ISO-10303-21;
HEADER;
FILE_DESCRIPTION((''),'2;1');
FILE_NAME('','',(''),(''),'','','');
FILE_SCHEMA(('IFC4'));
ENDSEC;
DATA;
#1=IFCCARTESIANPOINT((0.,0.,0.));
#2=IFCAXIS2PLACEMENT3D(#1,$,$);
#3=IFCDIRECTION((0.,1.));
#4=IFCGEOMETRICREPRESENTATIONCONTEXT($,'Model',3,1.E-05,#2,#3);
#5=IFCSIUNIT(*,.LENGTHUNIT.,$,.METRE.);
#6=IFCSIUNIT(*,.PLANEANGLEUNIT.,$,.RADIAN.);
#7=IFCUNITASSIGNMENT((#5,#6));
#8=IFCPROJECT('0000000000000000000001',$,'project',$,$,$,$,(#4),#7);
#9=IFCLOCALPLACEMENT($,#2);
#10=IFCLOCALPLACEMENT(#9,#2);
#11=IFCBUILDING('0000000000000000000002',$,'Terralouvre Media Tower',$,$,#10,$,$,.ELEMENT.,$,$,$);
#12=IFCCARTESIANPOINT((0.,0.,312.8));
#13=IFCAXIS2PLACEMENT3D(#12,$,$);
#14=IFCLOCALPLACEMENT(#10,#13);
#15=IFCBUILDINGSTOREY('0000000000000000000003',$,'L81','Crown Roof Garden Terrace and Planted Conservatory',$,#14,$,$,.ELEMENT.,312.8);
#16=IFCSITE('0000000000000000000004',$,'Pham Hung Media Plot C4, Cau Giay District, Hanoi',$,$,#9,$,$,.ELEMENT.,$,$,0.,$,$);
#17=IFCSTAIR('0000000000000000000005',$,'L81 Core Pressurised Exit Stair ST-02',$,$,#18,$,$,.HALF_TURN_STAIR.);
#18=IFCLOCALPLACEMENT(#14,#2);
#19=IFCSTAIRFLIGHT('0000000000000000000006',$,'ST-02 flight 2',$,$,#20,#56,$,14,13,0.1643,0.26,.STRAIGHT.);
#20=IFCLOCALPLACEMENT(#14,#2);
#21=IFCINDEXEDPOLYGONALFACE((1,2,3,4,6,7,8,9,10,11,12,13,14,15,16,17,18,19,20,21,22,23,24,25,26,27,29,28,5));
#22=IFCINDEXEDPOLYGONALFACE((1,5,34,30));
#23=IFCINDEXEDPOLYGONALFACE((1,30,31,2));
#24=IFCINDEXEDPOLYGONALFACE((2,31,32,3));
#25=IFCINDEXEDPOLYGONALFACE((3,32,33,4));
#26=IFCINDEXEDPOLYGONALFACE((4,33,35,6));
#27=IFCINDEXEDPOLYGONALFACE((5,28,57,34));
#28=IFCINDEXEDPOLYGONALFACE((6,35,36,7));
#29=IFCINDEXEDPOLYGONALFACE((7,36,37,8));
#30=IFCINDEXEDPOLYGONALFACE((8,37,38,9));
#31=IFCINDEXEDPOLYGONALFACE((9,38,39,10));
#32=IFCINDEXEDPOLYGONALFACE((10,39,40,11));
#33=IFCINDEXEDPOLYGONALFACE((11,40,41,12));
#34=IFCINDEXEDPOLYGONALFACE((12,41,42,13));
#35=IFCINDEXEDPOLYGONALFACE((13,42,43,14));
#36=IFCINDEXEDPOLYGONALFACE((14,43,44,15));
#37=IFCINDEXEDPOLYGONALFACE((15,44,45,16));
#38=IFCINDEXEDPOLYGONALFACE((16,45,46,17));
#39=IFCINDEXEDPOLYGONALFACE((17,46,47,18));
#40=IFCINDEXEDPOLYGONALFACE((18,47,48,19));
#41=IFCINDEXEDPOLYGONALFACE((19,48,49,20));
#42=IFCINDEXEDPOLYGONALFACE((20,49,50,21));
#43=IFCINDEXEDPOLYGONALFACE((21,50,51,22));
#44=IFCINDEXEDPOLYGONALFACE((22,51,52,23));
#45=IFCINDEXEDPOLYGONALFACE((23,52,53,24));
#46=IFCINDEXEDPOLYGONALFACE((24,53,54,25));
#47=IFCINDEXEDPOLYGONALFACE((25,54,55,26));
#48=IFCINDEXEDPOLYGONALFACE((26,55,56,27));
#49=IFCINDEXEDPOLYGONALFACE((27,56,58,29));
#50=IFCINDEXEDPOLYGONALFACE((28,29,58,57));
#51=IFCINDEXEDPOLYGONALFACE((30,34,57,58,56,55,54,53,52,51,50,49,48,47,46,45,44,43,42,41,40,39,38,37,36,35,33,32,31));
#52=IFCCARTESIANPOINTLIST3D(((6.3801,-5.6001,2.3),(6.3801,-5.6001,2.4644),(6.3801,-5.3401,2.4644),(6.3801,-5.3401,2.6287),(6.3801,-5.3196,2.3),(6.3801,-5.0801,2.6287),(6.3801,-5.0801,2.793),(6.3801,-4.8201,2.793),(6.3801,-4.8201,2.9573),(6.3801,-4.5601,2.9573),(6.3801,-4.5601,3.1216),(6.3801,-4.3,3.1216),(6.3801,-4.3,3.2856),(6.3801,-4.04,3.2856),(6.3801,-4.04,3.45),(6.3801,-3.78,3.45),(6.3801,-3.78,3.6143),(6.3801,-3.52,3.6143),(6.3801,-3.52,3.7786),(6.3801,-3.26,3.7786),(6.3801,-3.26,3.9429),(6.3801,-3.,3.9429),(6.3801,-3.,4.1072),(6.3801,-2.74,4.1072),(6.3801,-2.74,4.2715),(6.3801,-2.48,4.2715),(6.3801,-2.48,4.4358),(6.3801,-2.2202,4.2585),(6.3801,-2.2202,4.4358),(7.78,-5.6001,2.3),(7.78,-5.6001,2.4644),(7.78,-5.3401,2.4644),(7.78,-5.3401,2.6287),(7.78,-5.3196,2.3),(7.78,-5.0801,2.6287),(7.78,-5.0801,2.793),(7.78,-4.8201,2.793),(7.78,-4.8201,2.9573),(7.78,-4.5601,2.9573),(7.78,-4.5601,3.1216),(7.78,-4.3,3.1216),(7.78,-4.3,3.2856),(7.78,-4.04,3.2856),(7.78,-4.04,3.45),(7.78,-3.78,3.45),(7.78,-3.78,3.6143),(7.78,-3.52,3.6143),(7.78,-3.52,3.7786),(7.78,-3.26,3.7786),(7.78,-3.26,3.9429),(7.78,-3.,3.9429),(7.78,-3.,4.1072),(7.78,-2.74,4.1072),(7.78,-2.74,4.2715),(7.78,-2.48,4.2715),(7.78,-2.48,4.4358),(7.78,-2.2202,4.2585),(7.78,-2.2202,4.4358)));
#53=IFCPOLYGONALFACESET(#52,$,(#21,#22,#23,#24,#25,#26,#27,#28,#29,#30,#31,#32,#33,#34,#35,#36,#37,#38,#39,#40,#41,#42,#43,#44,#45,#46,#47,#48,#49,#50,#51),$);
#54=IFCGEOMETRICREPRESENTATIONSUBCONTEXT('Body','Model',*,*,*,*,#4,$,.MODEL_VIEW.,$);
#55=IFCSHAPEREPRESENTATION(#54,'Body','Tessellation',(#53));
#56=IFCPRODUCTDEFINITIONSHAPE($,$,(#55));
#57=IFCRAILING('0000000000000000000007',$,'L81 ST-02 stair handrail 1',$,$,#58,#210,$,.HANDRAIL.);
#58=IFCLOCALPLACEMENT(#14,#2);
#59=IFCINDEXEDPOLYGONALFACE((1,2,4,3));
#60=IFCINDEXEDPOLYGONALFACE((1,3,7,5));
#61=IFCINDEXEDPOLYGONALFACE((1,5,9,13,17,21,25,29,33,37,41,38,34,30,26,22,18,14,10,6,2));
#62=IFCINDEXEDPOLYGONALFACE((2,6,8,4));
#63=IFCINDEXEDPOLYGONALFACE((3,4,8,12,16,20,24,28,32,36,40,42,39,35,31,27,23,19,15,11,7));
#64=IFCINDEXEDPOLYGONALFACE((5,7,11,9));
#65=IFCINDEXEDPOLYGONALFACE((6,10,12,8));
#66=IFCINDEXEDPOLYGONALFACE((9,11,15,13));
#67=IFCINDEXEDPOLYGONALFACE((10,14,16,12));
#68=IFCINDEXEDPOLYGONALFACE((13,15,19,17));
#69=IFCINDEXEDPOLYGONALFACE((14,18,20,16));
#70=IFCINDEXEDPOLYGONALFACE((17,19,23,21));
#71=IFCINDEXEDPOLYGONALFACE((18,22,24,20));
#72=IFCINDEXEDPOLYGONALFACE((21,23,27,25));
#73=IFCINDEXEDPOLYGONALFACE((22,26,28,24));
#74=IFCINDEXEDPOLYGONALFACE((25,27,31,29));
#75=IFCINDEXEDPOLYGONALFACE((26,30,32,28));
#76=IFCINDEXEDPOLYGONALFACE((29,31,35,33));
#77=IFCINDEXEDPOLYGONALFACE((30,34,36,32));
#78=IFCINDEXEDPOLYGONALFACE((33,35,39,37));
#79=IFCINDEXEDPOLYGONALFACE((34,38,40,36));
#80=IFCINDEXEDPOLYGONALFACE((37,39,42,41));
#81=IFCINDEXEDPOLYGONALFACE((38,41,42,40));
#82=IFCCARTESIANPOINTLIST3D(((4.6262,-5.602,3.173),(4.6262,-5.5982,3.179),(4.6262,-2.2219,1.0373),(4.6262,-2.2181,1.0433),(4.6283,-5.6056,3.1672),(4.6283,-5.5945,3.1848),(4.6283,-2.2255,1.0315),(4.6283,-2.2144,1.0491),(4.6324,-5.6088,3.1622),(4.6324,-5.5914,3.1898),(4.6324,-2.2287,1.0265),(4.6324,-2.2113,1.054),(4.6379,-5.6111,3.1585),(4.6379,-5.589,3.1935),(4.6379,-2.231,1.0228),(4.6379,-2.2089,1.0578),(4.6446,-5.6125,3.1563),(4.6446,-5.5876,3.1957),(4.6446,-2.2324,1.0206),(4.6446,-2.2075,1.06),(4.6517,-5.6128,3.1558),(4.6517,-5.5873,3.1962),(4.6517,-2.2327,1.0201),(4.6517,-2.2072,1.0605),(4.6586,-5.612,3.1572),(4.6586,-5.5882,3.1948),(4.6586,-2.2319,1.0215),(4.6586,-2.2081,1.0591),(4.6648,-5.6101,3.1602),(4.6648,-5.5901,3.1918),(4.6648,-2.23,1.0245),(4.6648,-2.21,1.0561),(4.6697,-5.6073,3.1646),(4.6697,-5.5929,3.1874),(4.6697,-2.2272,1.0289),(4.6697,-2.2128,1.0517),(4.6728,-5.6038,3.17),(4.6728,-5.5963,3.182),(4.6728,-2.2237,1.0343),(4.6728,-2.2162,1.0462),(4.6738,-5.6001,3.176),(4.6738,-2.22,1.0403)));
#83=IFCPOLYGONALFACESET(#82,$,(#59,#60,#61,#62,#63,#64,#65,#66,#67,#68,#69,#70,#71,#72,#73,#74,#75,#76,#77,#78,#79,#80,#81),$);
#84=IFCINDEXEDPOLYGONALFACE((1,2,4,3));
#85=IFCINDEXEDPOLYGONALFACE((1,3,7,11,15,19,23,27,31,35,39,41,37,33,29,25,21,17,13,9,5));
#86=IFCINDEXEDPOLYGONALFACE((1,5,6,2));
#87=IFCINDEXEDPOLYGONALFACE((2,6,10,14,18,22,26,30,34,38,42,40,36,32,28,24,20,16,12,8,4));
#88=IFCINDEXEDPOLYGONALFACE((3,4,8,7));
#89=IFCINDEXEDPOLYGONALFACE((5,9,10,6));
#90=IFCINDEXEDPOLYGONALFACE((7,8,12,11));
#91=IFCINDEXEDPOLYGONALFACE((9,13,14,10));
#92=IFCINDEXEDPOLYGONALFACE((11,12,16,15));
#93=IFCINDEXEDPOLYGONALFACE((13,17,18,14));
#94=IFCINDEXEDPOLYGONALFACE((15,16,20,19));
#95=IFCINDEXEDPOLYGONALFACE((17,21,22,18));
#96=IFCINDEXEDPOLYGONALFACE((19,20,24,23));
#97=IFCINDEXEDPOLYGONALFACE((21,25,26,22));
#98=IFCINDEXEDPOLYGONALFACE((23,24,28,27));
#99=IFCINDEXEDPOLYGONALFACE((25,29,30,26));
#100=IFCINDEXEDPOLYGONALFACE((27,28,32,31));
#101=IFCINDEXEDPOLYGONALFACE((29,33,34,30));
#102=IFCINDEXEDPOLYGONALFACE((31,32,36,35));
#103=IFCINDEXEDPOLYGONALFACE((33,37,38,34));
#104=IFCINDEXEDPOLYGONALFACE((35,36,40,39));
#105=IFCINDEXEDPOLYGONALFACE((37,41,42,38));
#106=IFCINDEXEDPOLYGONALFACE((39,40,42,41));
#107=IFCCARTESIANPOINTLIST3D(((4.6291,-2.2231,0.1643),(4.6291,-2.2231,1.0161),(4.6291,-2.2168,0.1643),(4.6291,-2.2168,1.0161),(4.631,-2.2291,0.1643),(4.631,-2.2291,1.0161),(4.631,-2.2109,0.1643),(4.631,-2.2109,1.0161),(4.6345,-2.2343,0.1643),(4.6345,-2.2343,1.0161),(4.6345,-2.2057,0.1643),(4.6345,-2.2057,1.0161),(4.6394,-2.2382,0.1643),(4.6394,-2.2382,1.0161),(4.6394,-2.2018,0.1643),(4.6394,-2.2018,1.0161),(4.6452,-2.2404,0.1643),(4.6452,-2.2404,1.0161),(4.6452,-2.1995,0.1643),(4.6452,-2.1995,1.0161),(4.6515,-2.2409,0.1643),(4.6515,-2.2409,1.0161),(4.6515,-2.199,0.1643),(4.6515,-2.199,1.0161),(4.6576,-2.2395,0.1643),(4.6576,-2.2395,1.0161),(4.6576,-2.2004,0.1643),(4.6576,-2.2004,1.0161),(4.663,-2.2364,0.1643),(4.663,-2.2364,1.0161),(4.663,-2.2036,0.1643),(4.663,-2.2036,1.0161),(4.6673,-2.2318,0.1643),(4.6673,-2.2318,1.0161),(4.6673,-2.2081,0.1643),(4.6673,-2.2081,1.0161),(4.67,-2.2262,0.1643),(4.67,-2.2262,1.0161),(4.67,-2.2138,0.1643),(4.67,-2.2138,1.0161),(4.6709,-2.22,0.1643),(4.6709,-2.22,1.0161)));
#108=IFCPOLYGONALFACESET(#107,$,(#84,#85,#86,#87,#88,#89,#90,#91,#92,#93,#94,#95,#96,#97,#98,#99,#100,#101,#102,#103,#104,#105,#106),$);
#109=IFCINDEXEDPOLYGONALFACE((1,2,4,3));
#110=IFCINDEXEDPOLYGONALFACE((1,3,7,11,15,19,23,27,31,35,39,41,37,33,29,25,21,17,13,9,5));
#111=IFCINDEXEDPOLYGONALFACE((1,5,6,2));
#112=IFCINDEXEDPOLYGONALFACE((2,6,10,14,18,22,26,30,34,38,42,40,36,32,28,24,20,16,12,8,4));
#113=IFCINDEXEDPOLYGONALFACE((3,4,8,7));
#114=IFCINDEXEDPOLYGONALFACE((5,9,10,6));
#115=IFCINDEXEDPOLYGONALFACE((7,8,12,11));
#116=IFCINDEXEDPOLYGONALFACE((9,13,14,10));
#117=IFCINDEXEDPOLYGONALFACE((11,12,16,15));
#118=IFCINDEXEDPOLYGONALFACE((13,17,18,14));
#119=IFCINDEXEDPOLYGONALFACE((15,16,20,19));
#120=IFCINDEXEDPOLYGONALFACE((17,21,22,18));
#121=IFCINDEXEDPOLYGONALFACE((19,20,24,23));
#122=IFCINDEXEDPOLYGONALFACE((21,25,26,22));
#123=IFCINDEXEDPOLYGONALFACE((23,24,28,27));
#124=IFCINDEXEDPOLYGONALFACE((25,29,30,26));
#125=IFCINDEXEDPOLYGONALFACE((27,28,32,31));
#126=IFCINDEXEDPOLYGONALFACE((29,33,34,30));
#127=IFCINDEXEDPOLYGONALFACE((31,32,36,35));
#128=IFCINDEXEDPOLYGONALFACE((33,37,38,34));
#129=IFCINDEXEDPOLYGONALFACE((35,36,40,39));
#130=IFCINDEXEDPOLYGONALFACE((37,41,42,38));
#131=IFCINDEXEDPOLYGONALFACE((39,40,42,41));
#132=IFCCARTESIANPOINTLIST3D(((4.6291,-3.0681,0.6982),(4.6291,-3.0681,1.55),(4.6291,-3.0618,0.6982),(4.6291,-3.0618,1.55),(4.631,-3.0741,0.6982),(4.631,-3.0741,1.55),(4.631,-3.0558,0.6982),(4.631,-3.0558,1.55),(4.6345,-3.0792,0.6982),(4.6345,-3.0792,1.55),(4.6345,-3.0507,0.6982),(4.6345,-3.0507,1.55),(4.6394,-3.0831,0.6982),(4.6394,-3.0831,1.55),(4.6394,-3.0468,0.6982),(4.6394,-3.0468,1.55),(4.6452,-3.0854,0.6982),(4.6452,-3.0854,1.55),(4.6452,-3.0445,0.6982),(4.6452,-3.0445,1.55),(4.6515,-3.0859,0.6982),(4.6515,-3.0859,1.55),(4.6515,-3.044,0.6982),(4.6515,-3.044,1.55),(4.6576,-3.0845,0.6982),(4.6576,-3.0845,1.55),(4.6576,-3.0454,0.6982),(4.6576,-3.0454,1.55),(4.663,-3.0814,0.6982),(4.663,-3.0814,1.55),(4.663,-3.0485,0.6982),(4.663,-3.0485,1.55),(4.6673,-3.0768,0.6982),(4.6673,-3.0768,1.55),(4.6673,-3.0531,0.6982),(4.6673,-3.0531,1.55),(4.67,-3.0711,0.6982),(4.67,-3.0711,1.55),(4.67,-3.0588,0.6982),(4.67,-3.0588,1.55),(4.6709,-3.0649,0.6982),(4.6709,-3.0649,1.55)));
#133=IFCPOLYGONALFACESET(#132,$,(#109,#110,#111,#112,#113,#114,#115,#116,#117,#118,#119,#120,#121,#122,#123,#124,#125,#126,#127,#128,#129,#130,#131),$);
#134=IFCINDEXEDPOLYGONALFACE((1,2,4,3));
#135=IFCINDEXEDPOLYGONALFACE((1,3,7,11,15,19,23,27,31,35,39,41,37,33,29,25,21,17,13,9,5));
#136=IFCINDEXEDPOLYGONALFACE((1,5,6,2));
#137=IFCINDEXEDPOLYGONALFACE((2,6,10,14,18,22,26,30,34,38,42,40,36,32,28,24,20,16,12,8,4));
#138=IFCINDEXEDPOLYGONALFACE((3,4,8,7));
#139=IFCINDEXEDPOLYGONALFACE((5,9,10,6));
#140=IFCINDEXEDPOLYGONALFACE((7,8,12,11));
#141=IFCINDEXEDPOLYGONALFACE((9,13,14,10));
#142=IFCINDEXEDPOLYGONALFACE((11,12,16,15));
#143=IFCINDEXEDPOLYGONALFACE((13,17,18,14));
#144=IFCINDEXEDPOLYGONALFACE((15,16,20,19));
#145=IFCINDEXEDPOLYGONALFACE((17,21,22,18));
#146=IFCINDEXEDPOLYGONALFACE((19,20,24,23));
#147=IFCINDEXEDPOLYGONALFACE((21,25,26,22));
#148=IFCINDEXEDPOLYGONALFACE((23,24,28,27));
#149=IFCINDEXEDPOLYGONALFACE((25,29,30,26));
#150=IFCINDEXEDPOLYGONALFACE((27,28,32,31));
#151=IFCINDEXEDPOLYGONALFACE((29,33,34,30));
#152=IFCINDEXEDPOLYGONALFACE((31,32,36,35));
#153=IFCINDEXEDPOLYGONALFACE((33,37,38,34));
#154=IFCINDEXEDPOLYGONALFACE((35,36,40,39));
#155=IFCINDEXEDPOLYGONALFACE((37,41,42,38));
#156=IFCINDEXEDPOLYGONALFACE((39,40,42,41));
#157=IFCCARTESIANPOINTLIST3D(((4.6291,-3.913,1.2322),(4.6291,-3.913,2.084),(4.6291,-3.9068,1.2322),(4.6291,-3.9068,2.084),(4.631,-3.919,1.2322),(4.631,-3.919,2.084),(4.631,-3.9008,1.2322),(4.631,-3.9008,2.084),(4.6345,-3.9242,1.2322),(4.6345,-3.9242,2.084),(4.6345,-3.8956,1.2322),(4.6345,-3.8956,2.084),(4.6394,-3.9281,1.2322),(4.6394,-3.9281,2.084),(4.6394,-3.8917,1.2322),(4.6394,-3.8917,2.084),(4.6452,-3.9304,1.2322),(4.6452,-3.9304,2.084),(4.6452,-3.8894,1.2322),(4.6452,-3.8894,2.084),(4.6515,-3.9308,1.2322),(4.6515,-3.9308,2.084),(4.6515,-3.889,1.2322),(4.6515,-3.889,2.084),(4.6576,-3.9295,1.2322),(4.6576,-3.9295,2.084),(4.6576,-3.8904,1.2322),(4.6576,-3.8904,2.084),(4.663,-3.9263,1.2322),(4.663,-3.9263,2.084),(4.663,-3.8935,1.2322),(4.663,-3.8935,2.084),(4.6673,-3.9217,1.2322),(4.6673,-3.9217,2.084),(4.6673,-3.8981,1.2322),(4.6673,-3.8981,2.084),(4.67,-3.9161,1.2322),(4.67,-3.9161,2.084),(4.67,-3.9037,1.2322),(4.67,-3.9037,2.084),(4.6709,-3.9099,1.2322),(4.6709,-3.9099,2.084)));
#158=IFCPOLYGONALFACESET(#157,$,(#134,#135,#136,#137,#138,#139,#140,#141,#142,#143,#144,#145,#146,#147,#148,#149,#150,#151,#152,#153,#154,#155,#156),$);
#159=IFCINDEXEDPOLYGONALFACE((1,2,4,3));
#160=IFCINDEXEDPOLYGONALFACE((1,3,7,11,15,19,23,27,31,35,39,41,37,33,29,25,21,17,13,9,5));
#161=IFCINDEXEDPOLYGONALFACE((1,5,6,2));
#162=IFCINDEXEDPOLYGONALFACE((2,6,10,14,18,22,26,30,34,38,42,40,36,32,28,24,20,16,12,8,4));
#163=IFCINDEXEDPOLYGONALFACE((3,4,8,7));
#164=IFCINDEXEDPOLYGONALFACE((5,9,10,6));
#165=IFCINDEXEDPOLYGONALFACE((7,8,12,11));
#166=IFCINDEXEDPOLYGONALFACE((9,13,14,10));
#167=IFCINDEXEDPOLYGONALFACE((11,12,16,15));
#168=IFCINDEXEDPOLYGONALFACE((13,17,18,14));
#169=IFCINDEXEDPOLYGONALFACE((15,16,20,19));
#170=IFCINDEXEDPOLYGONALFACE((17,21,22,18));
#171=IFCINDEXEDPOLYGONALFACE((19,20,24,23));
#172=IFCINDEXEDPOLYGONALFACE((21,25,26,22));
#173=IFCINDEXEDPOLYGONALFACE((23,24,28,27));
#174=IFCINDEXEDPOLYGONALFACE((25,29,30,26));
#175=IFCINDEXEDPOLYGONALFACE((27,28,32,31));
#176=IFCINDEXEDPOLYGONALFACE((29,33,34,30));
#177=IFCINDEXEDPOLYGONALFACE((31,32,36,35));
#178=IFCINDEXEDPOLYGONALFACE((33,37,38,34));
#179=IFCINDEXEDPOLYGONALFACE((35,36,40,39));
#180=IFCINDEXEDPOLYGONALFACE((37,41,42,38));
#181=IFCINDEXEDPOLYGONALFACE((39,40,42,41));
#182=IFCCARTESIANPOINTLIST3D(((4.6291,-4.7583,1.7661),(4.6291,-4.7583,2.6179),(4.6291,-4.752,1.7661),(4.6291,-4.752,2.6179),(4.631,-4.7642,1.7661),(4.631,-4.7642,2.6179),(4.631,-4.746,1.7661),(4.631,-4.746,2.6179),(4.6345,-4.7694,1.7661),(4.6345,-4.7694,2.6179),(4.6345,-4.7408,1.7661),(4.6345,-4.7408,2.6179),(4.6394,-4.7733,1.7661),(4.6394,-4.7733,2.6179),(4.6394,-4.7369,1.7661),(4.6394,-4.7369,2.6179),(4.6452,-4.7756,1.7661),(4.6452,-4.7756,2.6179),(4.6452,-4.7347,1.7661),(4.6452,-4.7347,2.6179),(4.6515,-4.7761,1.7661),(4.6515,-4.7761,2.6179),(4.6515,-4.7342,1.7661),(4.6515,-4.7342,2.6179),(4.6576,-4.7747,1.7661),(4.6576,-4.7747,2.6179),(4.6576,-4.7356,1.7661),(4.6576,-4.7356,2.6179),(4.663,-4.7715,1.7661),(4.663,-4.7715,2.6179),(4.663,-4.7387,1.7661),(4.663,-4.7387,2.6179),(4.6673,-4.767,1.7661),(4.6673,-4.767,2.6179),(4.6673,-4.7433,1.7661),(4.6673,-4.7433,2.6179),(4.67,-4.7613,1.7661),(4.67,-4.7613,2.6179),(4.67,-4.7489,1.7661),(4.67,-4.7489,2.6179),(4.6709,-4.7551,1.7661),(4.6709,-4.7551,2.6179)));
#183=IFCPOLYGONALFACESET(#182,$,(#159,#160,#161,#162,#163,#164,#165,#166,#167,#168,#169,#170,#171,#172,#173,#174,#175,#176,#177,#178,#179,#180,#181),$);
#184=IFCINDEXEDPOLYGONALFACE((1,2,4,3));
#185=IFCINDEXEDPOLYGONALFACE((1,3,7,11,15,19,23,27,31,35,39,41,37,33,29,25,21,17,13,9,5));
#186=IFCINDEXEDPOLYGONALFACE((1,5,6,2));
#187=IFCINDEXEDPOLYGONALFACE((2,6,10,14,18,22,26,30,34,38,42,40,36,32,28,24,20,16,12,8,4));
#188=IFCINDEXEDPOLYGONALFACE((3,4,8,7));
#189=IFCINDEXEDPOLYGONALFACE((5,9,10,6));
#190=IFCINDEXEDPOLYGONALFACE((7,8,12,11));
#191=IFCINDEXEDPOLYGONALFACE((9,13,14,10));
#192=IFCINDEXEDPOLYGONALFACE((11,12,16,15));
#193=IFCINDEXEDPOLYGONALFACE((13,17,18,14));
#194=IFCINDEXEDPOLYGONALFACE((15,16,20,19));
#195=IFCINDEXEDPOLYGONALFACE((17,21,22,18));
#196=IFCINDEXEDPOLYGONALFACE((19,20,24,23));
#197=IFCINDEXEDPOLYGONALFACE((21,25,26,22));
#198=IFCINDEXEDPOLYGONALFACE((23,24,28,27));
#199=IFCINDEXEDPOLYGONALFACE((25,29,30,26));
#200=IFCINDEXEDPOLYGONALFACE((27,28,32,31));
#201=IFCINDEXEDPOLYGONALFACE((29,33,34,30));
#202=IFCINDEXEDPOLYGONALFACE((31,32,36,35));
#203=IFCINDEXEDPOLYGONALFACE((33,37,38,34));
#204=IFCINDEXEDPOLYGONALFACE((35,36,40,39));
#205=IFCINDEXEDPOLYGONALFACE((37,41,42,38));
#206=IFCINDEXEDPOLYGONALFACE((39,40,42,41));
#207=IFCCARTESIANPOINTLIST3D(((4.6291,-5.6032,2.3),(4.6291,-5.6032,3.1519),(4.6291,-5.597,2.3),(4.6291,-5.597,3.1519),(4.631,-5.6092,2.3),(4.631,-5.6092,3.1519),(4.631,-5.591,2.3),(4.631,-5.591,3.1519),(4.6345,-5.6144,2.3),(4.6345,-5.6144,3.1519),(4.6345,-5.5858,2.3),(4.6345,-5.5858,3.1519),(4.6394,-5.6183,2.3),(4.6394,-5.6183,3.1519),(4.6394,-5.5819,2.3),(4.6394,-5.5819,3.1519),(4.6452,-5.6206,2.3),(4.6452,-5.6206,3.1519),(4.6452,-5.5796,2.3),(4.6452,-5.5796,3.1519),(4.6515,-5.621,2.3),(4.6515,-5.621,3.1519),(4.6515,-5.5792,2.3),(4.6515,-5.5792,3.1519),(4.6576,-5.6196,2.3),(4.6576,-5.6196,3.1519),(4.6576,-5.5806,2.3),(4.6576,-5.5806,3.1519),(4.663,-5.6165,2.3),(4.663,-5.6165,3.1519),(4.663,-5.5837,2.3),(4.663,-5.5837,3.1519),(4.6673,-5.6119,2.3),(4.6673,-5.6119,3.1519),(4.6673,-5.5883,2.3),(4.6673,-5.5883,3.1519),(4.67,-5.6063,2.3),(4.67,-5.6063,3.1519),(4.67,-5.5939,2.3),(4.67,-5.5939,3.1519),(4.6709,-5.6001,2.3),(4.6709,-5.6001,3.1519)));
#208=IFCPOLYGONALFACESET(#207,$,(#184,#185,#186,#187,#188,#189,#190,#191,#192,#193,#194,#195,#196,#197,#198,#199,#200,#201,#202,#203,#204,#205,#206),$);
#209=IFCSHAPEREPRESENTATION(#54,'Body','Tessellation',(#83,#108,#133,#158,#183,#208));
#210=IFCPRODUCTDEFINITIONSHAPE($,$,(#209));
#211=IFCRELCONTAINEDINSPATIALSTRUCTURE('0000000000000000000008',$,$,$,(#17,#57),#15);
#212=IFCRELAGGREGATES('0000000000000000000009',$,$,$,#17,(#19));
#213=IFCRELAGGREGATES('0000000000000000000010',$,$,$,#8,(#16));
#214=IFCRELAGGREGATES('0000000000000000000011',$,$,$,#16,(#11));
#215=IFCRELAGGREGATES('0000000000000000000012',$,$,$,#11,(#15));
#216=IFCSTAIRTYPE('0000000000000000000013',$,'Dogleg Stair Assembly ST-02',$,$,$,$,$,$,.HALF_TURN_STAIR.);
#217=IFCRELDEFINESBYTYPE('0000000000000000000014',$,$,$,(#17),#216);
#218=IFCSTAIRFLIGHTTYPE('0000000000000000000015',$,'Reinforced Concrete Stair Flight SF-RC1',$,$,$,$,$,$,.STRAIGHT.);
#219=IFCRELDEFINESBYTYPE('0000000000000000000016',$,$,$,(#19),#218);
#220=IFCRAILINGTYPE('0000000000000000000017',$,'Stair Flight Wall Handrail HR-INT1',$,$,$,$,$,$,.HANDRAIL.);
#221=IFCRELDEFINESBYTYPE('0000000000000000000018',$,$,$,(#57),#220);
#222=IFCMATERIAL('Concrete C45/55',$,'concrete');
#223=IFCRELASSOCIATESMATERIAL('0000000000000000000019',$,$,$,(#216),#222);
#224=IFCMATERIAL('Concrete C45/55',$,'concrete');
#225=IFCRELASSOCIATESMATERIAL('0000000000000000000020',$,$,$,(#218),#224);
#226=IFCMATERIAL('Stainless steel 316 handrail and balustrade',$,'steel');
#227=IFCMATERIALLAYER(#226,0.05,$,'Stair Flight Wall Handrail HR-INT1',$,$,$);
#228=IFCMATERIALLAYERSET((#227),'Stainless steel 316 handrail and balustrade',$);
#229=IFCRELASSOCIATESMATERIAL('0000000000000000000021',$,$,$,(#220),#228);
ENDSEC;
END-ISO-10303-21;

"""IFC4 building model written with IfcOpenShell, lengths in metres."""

from ifc_helpers import new_model, si_unit, direction, frame, origin, origin_2d, place, context, subcontext, project, spatial, polyline, circle, outline, extrude, material, layer, layer_set, type_object, element, aggregate, save


model = new_model("IFC4")

# Units and contexts
model_context = context("Model", 3, precision=1e-05, world=origin(), true_north=direction((0.0, 1.0)))
body_context = subcontext(model_context, "Body", "Model", "MODEL_VIEW")
ifc_project = project(units=[si_unit("LENGTHUNIT", "METRE"), si_unit("PLANEANGLEUNIT", "RADIAN")], contexts=[model_context])

# Site, building, storey
site_placement = place(None, origin())
site = spatial("IfcSite", under=ifc_project, at=site_placement, Name="Pham Hung Media Plot C4, Cau Giay District, Hanoi", CompositionType="ELEMENT", RefElevation=0.0)
building_placement = place(site_placement, origin())
building = spatial("IfcBuilding", under=site, at=building_placement, Name="Terralouvre Media Tower", CompositionType="ELEMENT")
storey_placement = place(building_placement, frame((0.0, 0.0, 312.8)))
storey = spatial("IfcBuildingStorey", under=building, at=storey_placement, Name="L81", Description="Crown Roof Garden Terrace and Planted Conservatory", CompositionType="ELEMENT", Elevation=312.8)

# Stair
ifc_material_1 = material(Name="Concrete C45/55", Category="concrete")
stair_type_1 = type_object("IfcStairType", Name="Dogleg Stair Assembly ST-02", PredefinedType="HALF_TURN_STAIR", material=ifc_material_1)
stair_1_placement = place(storey_placement, origin())
stair_1 = element("IfcStair", 1, at=stair_1_placement, inside=storey, type_object=stair_type_1, Name="L81 Core Pressurised Exit Stair ST-02", PredefinedType="HALF_TURN_STAIR")

# Stair flight
ifc_material_2 = material(Name="Concrete C45/55", Category="concrete")
stair_flight_type = type_object("IfcStairFlightType", Name="Reinforced Concrete Stair Flight SF-RC1", PredefinedType="STRAIGHT", material=ifc_material_2)
stair_flight_placement = place(storey_placement, frame((7.0801, -5.6001, 2.3), z_axis=(0.0, 0.0, 1.0), x_axis=(0.0, 1.0, 0.0)))
stair_flight = element("IfcStairFlight", 2, at=stair_flight_placement, type_object=stair_flight_type, Name="ST-02 flight 2", NumberOfRisers=14, NumberOfTreads=13, PredefinedType="STRAIGHT", RiserHeight=0.1643, TreadLength=0.26, context=body_context, shape_type="SweptSolid", body=[
    extrude(outline(polyline([(0.0, 0.0), (0.0, 0.1643), (0.26, 0.1643), (0.26, 0.3286), (0.52, 0.3286), (0.52, 0.4929), (0.78, 0.4929), (0.78, 0.6572), (1.04, 0.6572), (1.04, 0.8215), (1.3, 0.8215), (1.3, 0.9856), (1.5601, 0.9856), (1.5601, 1.1499), (1.8201, 1.1499), (1.8201, 1.3142), (2.0801, 1.3142), (2.0801, 1.4785), (2.3401, 1.4785), (2.3401, 1.6428), (2.6001, 1.6428), (2.6001, 1.8071), (2.8601, 1.8071), (2.8601, 1.9714), (3.1201, 1.9714), (3.1201, 2.1357), (3.3799, 2.1357), (3.3799, 2.3), (3.3799, 1.9585), (0.2805, 0.0), (0.0, 0.0)])), frame((0.0, 0.7, 0.0), z_axis=(0.0, -1.0, 0.0), x_axis=(1.0, 0.0, 0.0)), (0.0, 0.0, 1.0), 1.3999),
])
aggregate(stair_1, [stair_flight])

# Railing
ifc_material_3 = material(Name="Stainless steel 316 handrail and balustrade", Category="steel")
ifc_layer_1 = layer(ifc_material_3, 0.05, Name="Stair Flight Wall Handrail HR-INT1")
ifc_layer_set_1 = layer_set([ifc_layer_1], Name="Stainless steel 316 handrail and balustrade")
railing_type_1 = type_object("IfcRailingType", Name="Stair Flight Wall Handrail HR-INT1", PredefinedType="HANDRAIL", material=ifc_layer_set_1)
railing_1_placement = place(storey_placement, frame((4.6499, -2.22, 0.1643)))
element("IfcRailing", 3, at=railing_1_placement, inside=storey, type_object=railing_type_1, Name="L81 ST-02 stair handrail 1", PredefinedType="HANDRAIL", context=body_context, shape_type="SweptSolid", body=[
    extrude(circle(Radius=0.0239, at=origin_2d()), frame((0.0, 0.0, 0.876), z_axis=(0.0, -0.845384, 0.534158), x_axis=(1.0, 0.0, 0.0)), (0.0, 0.0, 1.0), 3.9983),
    extrude(circle(Radius=0.021, at=origin_2d()), origin(), (0.0, 0.0, 1.0), 0.8518),
    extrude(circle(Radius=0.021, at=origin_2d()), frame((0.0, -0.845, 0.5339)), (0.0, 0.0, 1.0), 0.8518),
    extrude(circle(Radius=0.021, at=origin_2d()), frame((0.0, -1.6899, 1.0679)), (0.0, 0.0, 1.0), 0.8518),
    extrude(circle(Radius=0.021, at=origin_2d()), frame((0.0, -2.5352, 1.6018)), (0.0, 0.0, 1.0), 0.8518),
    extrude(circle(Radius=0.021, at=origin_2d()), frame((0.0, -3.3801, 2.1357)), (0.0, 0.0, 1.0), 0.8518),
])

save(model, "model.ifc")
